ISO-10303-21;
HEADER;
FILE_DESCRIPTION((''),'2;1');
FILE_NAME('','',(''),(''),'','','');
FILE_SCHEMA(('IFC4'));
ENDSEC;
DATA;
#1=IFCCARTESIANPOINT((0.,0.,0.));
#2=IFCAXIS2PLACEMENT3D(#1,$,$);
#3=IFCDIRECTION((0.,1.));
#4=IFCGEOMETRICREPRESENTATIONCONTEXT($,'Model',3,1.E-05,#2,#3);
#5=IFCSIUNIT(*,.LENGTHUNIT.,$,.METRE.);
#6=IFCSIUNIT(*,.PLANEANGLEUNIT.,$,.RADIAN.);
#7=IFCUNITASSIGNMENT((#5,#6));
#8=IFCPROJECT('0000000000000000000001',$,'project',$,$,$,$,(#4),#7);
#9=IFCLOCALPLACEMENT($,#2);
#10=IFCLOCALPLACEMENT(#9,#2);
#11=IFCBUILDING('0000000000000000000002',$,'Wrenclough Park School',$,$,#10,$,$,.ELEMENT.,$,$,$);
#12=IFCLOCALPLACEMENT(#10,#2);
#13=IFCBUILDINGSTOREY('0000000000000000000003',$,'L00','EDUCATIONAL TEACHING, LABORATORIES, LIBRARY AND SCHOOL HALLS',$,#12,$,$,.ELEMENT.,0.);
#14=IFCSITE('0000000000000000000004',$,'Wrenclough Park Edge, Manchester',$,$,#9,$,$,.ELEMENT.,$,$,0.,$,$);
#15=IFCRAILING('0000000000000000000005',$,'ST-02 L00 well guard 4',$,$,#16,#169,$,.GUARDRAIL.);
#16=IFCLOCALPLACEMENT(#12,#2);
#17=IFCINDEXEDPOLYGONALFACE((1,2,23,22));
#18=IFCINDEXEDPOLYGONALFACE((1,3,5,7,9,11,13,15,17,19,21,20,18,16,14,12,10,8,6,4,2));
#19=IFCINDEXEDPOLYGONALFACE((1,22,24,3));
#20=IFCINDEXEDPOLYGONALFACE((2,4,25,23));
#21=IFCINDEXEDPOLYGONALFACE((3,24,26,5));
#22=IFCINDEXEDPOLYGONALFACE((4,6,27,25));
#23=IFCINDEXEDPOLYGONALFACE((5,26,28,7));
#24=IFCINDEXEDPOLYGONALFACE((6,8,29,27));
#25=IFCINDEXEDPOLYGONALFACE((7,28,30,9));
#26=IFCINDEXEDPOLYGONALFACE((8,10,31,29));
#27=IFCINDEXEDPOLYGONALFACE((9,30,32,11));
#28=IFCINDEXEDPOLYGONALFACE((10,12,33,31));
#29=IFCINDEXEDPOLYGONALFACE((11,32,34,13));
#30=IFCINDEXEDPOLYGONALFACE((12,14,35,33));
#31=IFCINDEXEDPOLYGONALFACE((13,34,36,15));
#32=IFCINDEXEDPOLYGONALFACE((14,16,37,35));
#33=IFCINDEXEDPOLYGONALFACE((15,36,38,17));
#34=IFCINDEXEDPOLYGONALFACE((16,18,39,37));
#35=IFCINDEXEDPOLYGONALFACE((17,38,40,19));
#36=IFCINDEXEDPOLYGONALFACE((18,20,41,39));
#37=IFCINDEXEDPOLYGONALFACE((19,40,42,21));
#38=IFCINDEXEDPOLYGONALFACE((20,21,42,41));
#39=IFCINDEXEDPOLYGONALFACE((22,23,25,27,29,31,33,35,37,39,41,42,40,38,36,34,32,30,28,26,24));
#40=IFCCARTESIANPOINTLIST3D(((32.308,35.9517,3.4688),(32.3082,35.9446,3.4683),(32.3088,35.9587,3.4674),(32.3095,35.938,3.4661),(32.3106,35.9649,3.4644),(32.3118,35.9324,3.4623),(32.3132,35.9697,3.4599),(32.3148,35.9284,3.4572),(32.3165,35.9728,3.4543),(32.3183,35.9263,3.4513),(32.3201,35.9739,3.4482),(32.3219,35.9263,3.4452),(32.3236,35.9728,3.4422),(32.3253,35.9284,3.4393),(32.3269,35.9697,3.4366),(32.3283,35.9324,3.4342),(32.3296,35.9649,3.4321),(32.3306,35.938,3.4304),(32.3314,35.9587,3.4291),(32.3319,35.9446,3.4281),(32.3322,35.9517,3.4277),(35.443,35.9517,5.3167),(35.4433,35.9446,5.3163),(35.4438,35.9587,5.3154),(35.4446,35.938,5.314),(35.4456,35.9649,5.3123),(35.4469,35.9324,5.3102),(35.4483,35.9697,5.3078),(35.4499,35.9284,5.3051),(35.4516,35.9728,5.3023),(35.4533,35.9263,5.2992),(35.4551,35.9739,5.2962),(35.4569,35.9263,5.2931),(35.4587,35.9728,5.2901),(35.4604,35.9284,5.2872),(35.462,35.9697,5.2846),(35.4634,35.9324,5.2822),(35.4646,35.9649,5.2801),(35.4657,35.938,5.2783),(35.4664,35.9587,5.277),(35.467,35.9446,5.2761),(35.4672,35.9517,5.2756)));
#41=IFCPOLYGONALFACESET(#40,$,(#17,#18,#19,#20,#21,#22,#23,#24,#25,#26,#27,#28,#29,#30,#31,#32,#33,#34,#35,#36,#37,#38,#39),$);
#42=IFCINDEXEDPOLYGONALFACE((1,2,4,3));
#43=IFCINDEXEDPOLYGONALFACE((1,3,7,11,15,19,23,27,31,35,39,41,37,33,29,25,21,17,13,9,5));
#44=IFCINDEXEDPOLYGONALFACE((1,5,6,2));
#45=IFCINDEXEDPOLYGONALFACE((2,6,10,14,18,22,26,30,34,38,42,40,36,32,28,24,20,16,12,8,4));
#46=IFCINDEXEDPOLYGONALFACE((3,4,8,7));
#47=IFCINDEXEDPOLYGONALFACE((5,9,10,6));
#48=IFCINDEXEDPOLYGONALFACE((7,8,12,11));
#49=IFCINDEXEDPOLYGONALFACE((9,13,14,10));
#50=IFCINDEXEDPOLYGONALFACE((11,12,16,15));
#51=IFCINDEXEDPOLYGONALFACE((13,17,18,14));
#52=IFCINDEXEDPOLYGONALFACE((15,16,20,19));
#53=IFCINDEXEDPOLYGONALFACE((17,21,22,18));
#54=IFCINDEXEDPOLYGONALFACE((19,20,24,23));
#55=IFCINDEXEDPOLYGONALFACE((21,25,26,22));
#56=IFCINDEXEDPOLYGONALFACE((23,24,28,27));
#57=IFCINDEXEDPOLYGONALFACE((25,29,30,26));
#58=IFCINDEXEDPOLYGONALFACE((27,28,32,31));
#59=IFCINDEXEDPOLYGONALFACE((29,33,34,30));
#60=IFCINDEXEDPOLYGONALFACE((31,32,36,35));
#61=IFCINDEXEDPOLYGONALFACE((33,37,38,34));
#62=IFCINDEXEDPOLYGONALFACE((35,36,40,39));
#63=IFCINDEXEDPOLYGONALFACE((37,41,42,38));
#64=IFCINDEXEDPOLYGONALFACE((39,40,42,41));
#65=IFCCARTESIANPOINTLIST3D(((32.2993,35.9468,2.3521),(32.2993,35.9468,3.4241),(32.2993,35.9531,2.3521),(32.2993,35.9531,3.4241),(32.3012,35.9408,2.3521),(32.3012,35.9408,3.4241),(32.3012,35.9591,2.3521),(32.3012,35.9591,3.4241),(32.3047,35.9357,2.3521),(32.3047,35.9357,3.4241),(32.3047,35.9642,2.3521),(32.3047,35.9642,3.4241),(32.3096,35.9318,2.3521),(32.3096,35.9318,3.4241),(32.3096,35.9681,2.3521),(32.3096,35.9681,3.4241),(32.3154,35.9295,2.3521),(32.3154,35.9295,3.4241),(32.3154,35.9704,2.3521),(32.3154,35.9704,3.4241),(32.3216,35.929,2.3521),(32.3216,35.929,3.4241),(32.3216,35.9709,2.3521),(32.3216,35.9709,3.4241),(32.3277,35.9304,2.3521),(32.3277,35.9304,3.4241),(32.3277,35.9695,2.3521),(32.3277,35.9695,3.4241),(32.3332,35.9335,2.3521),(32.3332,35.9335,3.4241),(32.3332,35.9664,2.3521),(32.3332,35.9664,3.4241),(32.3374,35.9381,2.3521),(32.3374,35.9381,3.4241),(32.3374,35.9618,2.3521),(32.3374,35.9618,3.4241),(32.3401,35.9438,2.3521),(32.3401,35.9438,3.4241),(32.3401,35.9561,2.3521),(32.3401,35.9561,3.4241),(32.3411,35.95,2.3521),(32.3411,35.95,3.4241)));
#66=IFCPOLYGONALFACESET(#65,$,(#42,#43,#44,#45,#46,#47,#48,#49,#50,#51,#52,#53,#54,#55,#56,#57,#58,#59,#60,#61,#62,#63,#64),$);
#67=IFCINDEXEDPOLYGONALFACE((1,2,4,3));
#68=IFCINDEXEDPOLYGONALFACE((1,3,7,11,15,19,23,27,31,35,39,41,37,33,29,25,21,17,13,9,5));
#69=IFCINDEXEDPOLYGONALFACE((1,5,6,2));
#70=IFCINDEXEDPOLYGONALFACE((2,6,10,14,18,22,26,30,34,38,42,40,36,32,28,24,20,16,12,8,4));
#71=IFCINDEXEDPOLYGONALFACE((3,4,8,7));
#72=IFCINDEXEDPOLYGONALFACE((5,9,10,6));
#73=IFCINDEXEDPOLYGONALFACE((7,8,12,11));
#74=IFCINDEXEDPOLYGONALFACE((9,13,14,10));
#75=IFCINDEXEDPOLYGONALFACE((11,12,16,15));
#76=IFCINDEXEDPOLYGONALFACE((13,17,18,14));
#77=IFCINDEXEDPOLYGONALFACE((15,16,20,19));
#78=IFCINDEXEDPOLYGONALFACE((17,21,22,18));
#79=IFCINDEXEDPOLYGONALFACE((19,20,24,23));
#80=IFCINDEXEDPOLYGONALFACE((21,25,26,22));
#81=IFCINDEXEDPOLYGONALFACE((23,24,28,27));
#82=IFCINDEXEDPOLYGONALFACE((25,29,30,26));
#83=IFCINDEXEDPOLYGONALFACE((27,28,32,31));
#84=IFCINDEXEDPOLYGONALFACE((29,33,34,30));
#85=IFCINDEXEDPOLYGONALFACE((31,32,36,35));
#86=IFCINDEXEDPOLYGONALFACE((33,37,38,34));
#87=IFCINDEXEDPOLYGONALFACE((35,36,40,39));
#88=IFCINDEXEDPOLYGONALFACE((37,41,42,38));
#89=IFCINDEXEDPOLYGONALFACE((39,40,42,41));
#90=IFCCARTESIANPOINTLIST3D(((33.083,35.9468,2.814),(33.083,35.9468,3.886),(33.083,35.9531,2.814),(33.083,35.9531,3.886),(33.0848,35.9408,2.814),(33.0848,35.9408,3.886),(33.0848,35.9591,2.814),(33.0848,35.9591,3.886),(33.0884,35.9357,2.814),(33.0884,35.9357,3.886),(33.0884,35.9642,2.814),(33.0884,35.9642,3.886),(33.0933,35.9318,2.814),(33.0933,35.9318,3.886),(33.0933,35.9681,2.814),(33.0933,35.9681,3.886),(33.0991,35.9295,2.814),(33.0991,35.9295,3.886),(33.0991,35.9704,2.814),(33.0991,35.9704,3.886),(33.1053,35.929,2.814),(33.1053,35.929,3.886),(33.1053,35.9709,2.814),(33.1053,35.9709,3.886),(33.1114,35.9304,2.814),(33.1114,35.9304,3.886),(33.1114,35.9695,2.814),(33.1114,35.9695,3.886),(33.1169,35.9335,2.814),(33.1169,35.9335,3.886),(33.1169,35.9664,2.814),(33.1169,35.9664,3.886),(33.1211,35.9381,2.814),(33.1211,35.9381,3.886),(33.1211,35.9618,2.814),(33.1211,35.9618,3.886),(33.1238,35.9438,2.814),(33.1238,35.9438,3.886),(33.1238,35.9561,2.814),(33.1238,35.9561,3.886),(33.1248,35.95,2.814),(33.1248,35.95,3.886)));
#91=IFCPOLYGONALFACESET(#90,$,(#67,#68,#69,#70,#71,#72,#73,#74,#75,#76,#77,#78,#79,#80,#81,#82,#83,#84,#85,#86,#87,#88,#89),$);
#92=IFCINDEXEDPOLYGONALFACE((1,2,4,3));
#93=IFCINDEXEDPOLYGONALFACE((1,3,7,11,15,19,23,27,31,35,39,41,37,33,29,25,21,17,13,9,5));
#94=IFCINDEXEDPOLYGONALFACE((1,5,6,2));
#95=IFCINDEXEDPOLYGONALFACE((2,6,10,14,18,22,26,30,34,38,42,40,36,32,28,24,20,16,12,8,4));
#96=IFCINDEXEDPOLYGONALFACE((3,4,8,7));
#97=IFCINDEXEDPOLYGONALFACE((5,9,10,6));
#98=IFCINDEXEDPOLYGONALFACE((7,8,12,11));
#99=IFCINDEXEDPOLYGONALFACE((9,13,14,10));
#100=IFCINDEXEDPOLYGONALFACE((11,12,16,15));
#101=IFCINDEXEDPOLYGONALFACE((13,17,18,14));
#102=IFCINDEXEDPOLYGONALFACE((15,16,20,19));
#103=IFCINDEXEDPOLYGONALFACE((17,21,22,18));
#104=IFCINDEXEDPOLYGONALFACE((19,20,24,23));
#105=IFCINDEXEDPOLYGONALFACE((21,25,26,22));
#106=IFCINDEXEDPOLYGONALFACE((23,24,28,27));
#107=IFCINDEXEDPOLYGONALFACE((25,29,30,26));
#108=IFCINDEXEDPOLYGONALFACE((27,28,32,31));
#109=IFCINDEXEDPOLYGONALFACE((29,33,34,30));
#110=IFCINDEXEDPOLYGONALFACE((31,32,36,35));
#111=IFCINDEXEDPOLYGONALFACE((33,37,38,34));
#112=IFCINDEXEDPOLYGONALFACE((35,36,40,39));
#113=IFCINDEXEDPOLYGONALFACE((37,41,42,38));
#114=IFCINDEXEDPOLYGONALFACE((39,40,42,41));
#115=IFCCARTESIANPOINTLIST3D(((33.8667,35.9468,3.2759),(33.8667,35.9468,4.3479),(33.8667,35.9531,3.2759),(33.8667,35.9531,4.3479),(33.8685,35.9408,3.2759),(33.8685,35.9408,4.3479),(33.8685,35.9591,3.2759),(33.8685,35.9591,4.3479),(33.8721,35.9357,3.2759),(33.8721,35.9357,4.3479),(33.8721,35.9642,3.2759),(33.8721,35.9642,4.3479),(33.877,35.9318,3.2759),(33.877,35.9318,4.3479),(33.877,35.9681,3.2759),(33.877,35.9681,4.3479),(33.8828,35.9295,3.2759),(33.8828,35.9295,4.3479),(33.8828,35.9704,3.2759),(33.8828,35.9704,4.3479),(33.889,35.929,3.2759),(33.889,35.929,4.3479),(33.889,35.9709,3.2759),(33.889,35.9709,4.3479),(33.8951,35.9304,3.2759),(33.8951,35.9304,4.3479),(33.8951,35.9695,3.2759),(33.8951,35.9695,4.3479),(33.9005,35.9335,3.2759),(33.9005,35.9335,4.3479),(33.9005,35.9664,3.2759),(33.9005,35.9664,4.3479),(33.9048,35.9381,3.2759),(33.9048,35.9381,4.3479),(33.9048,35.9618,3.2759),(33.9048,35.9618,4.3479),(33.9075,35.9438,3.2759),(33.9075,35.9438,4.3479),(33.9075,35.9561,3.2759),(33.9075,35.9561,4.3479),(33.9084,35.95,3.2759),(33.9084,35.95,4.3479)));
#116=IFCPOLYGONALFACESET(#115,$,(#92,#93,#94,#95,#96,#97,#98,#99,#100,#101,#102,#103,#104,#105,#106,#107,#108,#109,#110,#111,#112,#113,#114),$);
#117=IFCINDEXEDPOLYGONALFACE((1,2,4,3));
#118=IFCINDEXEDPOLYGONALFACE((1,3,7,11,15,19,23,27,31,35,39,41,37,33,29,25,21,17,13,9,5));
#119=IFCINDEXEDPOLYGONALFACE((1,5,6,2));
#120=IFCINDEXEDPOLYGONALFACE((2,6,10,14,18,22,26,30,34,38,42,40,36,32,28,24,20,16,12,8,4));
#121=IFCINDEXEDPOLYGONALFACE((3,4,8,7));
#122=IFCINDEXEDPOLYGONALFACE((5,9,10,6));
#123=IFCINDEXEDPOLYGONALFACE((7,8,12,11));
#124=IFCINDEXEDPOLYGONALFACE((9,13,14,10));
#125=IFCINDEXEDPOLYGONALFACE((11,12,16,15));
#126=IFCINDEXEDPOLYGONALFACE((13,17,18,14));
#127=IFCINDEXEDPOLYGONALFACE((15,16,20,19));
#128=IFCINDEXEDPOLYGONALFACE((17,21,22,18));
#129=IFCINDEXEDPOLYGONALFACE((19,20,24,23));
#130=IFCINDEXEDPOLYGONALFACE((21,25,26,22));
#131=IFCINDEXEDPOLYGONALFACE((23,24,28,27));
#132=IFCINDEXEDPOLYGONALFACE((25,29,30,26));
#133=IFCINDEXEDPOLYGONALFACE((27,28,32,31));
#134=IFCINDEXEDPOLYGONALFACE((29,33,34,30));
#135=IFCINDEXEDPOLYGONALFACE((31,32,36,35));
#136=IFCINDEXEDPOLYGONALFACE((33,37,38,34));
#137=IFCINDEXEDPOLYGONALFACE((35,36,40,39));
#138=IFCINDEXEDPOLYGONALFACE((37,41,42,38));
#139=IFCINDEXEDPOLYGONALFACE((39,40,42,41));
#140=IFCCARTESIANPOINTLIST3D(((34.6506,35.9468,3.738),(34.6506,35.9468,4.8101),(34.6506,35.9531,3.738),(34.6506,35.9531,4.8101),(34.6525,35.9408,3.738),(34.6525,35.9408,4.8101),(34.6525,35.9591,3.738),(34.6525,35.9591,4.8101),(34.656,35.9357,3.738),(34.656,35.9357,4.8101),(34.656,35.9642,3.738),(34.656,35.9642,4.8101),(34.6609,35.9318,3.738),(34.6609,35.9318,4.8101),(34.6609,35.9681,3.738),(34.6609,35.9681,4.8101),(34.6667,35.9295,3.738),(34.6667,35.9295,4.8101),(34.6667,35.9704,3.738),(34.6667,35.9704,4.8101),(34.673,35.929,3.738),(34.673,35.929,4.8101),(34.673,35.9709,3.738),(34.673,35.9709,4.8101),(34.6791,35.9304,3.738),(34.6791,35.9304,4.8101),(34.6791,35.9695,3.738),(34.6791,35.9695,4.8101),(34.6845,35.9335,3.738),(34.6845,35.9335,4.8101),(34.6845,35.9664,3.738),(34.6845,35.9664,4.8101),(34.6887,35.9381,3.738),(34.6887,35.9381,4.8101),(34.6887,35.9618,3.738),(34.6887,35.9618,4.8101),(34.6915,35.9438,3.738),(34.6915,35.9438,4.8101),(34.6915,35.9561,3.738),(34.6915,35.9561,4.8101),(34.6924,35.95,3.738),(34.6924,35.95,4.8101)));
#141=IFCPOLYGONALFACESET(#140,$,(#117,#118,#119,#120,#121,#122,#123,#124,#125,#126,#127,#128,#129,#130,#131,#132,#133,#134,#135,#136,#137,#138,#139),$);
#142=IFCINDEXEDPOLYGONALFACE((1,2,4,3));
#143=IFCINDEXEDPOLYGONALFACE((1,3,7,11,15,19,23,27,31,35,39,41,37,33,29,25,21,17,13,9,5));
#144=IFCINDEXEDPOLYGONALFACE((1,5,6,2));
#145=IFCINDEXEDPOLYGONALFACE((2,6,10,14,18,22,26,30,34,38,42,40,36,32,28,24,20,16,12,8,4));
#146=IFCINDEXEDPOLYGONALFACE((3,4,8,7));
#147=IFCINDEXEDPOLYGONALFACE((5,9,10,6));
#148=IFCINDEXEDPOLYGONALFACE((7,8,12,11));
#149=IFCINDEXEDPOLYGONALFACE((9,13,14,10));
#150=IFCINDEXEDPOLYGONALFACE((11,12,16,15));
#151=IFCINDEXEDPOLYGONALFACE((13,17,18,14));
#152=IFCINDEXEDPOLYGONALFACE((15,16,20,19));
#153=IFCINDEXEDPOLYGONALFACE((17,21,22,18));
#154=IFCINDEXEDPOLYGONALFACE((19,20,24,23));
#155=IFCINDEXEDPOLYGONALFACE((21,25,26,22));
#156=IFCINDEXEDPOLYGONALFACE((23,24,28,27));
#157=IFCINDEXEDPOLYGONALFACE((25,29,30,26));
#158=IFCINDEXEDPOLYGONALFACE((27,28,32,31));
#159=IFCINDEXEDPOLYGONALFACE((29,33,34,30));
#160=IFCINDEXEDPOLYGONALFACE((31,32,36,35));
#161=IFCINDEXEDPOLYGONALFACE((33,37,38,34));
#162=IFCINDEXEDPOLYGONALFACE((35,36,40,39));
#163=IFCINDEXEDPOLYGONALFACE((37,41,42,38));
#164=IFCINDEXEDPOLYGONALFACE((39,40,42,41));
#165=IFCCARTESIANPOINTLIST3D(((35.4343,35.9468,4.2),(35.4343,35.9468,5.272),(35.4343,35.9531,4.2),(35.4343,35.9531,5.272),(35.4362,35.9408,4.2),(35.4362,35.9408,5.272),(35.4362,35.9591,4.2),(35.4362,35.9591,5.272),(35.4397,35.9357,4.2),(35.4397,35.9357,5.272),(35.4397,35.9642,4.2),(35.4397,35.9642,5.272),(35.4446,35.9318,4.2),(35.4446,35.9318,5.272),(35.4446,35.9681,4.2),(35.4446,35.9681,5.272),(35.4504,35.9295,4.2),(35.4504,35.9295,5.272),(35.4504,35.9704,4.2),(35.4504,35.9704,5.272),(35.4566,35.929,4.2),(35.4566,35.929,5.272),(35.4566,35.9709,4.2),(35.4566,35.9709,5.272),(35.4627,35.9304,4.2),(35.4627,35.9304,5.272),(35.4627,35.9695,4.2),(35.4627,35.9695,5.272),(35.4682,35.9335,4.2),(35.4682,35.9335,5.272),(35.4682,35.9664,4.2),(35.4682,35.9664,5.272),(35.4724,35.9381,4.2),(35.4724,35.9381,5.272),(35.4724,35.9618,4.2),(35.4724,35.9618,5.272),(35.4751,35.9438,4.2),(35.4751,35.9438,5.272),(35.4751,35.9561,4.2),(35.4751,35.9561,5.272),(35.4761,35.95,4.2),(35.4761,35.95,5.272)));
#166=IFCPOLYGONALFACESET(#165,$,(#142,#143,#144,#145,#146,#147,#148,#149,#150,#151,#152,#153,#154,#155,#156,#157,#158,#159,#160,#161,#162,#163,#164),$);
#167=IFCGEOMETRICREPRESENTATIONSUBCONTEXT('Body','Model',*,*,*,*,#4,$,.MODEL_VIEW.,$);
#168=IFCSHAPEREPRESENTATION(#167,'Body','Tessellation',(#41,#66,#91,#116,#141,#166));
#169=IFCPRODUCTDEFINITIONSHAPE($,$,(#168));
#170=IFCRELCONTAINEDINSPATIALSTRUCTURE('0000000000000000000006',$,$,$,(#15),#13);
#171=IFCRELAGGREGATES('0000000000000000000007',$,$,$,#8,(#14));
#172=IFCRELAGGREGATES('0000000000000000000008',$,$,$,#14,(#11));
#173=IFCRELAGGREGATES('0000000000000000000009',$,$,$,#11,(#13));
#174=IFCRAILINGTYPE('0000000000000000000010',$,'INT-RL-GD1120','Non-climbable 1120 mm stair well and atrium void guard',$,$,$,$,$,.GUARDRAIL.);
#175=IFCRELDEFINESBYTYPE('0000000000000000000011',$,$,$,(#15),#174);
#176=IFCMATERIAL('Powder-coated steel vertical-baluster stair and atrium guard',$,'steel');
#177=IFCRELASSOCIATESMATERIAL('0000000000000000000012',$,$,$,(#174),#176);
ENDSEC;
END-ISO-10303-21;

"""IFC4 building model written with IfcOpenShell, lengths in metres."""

from ifc_helpers import new_model, si_unit, direction, frame, origin, origin_2d, place, context, subcontext, project, spatial, circle, extrude, material, type_object, element, save


model = new_model("IFC4")

# Units and contexts
model_context = context("Model", 3, precision=1e-05, world=origin(), true_north=direction((0.0, 1.0)))
body_context = subcontext(model_context, "Body", "Model", "MODEL_VIEW")
ifc_project = project(units=[si_unit("LENGTHUNIT", "METRE"), si_unit("PLANEANGLEUNIT", "RADIAN")], contexts=[model_context])

# Site, building, storey
site_placement = place(None, origin())
site = spatial("IfcSite", under=ifc_project, at=site_placement, Name="Wrenclough Park Edge, Manchester", CompositionType="ELEMENT", RefElevation=0.0)
building_placement = place(site_placement, origin())
building = spatial("IfcBuilding", under=site, at=building_placement, Name="Wrenclough Park School", CompositionType="ELEMENT")
storey_placement = place(building_placement, origin())
storey = spatial("IfcBuildingStorey", under=building, at=storey_placement, Name="L00", Description="EDUCATIONAL TEACHING, LABORATORIES, LIBRARY AND SCHOOL HALLS", CompositionType="ELEMENT", Elevation=0.0)

# Railing
ifc_material_1 = material(Name="Powder-coated steel vertical-baluster stair and atrium guard", Category="steel")
railing_type_1 = type_object("IfcRailingType", Name="INT-RL-GD1120", Description="Non-climbable 1120 mm stair well and atrium void guard", PredefinedType="GUARDRAIL", material=ifc_material_1)
railing_1_placement = place(storey_placement, frame((32.3201, 35.95, 2.3521)))
element("IfcRailing", 1, at=railing_1_placement, inside=storey, type_object=railing_type_1, Name="ST-02 L00 well guard 4", PredefinedType="GUARDRAIL", context=body_context, shape_type="SweptSolid", body=[
    extrude(circle(Radius=0.0239, at=origin_2d()), frame((0.0, 0.0, 1.0962), z_axis=(0.86148, 0.0, 0.507791), x_axis=(0.0, 1.0, 0.0)), (0.0, 0.0, 1.0), 3.6392),
    extrude(circle(Radius=0.021, at=origin_2d()), origin(), (0.0, 0.0, 1.0), 1.072),
    extrude(circle(Radius=0.021, at=origin_2d()), frame((0.7837, 0.0, 0.4619)), (0.0, 0.0, 1.0), 1.072),
    extrude(circle(Radius=0.021, at=origin_2d()), frame((1.5674, 0.0, 0.9238)), (0.0, 0.0, 1.0), 1.072),
    extrude(circle(Radius=0.021, at=origin_2d()), frame((2.3513, 0.0, 1.386)), (0.0, 0.0, 1.0), 1.072),
    extrude(circle(Radius=0.021, at=origin_2d()), frame((3.135, 0.0, 1.8479)), (0.0, 0.0, 1.0), 1.072),
])

save(model, "model.ifc")
